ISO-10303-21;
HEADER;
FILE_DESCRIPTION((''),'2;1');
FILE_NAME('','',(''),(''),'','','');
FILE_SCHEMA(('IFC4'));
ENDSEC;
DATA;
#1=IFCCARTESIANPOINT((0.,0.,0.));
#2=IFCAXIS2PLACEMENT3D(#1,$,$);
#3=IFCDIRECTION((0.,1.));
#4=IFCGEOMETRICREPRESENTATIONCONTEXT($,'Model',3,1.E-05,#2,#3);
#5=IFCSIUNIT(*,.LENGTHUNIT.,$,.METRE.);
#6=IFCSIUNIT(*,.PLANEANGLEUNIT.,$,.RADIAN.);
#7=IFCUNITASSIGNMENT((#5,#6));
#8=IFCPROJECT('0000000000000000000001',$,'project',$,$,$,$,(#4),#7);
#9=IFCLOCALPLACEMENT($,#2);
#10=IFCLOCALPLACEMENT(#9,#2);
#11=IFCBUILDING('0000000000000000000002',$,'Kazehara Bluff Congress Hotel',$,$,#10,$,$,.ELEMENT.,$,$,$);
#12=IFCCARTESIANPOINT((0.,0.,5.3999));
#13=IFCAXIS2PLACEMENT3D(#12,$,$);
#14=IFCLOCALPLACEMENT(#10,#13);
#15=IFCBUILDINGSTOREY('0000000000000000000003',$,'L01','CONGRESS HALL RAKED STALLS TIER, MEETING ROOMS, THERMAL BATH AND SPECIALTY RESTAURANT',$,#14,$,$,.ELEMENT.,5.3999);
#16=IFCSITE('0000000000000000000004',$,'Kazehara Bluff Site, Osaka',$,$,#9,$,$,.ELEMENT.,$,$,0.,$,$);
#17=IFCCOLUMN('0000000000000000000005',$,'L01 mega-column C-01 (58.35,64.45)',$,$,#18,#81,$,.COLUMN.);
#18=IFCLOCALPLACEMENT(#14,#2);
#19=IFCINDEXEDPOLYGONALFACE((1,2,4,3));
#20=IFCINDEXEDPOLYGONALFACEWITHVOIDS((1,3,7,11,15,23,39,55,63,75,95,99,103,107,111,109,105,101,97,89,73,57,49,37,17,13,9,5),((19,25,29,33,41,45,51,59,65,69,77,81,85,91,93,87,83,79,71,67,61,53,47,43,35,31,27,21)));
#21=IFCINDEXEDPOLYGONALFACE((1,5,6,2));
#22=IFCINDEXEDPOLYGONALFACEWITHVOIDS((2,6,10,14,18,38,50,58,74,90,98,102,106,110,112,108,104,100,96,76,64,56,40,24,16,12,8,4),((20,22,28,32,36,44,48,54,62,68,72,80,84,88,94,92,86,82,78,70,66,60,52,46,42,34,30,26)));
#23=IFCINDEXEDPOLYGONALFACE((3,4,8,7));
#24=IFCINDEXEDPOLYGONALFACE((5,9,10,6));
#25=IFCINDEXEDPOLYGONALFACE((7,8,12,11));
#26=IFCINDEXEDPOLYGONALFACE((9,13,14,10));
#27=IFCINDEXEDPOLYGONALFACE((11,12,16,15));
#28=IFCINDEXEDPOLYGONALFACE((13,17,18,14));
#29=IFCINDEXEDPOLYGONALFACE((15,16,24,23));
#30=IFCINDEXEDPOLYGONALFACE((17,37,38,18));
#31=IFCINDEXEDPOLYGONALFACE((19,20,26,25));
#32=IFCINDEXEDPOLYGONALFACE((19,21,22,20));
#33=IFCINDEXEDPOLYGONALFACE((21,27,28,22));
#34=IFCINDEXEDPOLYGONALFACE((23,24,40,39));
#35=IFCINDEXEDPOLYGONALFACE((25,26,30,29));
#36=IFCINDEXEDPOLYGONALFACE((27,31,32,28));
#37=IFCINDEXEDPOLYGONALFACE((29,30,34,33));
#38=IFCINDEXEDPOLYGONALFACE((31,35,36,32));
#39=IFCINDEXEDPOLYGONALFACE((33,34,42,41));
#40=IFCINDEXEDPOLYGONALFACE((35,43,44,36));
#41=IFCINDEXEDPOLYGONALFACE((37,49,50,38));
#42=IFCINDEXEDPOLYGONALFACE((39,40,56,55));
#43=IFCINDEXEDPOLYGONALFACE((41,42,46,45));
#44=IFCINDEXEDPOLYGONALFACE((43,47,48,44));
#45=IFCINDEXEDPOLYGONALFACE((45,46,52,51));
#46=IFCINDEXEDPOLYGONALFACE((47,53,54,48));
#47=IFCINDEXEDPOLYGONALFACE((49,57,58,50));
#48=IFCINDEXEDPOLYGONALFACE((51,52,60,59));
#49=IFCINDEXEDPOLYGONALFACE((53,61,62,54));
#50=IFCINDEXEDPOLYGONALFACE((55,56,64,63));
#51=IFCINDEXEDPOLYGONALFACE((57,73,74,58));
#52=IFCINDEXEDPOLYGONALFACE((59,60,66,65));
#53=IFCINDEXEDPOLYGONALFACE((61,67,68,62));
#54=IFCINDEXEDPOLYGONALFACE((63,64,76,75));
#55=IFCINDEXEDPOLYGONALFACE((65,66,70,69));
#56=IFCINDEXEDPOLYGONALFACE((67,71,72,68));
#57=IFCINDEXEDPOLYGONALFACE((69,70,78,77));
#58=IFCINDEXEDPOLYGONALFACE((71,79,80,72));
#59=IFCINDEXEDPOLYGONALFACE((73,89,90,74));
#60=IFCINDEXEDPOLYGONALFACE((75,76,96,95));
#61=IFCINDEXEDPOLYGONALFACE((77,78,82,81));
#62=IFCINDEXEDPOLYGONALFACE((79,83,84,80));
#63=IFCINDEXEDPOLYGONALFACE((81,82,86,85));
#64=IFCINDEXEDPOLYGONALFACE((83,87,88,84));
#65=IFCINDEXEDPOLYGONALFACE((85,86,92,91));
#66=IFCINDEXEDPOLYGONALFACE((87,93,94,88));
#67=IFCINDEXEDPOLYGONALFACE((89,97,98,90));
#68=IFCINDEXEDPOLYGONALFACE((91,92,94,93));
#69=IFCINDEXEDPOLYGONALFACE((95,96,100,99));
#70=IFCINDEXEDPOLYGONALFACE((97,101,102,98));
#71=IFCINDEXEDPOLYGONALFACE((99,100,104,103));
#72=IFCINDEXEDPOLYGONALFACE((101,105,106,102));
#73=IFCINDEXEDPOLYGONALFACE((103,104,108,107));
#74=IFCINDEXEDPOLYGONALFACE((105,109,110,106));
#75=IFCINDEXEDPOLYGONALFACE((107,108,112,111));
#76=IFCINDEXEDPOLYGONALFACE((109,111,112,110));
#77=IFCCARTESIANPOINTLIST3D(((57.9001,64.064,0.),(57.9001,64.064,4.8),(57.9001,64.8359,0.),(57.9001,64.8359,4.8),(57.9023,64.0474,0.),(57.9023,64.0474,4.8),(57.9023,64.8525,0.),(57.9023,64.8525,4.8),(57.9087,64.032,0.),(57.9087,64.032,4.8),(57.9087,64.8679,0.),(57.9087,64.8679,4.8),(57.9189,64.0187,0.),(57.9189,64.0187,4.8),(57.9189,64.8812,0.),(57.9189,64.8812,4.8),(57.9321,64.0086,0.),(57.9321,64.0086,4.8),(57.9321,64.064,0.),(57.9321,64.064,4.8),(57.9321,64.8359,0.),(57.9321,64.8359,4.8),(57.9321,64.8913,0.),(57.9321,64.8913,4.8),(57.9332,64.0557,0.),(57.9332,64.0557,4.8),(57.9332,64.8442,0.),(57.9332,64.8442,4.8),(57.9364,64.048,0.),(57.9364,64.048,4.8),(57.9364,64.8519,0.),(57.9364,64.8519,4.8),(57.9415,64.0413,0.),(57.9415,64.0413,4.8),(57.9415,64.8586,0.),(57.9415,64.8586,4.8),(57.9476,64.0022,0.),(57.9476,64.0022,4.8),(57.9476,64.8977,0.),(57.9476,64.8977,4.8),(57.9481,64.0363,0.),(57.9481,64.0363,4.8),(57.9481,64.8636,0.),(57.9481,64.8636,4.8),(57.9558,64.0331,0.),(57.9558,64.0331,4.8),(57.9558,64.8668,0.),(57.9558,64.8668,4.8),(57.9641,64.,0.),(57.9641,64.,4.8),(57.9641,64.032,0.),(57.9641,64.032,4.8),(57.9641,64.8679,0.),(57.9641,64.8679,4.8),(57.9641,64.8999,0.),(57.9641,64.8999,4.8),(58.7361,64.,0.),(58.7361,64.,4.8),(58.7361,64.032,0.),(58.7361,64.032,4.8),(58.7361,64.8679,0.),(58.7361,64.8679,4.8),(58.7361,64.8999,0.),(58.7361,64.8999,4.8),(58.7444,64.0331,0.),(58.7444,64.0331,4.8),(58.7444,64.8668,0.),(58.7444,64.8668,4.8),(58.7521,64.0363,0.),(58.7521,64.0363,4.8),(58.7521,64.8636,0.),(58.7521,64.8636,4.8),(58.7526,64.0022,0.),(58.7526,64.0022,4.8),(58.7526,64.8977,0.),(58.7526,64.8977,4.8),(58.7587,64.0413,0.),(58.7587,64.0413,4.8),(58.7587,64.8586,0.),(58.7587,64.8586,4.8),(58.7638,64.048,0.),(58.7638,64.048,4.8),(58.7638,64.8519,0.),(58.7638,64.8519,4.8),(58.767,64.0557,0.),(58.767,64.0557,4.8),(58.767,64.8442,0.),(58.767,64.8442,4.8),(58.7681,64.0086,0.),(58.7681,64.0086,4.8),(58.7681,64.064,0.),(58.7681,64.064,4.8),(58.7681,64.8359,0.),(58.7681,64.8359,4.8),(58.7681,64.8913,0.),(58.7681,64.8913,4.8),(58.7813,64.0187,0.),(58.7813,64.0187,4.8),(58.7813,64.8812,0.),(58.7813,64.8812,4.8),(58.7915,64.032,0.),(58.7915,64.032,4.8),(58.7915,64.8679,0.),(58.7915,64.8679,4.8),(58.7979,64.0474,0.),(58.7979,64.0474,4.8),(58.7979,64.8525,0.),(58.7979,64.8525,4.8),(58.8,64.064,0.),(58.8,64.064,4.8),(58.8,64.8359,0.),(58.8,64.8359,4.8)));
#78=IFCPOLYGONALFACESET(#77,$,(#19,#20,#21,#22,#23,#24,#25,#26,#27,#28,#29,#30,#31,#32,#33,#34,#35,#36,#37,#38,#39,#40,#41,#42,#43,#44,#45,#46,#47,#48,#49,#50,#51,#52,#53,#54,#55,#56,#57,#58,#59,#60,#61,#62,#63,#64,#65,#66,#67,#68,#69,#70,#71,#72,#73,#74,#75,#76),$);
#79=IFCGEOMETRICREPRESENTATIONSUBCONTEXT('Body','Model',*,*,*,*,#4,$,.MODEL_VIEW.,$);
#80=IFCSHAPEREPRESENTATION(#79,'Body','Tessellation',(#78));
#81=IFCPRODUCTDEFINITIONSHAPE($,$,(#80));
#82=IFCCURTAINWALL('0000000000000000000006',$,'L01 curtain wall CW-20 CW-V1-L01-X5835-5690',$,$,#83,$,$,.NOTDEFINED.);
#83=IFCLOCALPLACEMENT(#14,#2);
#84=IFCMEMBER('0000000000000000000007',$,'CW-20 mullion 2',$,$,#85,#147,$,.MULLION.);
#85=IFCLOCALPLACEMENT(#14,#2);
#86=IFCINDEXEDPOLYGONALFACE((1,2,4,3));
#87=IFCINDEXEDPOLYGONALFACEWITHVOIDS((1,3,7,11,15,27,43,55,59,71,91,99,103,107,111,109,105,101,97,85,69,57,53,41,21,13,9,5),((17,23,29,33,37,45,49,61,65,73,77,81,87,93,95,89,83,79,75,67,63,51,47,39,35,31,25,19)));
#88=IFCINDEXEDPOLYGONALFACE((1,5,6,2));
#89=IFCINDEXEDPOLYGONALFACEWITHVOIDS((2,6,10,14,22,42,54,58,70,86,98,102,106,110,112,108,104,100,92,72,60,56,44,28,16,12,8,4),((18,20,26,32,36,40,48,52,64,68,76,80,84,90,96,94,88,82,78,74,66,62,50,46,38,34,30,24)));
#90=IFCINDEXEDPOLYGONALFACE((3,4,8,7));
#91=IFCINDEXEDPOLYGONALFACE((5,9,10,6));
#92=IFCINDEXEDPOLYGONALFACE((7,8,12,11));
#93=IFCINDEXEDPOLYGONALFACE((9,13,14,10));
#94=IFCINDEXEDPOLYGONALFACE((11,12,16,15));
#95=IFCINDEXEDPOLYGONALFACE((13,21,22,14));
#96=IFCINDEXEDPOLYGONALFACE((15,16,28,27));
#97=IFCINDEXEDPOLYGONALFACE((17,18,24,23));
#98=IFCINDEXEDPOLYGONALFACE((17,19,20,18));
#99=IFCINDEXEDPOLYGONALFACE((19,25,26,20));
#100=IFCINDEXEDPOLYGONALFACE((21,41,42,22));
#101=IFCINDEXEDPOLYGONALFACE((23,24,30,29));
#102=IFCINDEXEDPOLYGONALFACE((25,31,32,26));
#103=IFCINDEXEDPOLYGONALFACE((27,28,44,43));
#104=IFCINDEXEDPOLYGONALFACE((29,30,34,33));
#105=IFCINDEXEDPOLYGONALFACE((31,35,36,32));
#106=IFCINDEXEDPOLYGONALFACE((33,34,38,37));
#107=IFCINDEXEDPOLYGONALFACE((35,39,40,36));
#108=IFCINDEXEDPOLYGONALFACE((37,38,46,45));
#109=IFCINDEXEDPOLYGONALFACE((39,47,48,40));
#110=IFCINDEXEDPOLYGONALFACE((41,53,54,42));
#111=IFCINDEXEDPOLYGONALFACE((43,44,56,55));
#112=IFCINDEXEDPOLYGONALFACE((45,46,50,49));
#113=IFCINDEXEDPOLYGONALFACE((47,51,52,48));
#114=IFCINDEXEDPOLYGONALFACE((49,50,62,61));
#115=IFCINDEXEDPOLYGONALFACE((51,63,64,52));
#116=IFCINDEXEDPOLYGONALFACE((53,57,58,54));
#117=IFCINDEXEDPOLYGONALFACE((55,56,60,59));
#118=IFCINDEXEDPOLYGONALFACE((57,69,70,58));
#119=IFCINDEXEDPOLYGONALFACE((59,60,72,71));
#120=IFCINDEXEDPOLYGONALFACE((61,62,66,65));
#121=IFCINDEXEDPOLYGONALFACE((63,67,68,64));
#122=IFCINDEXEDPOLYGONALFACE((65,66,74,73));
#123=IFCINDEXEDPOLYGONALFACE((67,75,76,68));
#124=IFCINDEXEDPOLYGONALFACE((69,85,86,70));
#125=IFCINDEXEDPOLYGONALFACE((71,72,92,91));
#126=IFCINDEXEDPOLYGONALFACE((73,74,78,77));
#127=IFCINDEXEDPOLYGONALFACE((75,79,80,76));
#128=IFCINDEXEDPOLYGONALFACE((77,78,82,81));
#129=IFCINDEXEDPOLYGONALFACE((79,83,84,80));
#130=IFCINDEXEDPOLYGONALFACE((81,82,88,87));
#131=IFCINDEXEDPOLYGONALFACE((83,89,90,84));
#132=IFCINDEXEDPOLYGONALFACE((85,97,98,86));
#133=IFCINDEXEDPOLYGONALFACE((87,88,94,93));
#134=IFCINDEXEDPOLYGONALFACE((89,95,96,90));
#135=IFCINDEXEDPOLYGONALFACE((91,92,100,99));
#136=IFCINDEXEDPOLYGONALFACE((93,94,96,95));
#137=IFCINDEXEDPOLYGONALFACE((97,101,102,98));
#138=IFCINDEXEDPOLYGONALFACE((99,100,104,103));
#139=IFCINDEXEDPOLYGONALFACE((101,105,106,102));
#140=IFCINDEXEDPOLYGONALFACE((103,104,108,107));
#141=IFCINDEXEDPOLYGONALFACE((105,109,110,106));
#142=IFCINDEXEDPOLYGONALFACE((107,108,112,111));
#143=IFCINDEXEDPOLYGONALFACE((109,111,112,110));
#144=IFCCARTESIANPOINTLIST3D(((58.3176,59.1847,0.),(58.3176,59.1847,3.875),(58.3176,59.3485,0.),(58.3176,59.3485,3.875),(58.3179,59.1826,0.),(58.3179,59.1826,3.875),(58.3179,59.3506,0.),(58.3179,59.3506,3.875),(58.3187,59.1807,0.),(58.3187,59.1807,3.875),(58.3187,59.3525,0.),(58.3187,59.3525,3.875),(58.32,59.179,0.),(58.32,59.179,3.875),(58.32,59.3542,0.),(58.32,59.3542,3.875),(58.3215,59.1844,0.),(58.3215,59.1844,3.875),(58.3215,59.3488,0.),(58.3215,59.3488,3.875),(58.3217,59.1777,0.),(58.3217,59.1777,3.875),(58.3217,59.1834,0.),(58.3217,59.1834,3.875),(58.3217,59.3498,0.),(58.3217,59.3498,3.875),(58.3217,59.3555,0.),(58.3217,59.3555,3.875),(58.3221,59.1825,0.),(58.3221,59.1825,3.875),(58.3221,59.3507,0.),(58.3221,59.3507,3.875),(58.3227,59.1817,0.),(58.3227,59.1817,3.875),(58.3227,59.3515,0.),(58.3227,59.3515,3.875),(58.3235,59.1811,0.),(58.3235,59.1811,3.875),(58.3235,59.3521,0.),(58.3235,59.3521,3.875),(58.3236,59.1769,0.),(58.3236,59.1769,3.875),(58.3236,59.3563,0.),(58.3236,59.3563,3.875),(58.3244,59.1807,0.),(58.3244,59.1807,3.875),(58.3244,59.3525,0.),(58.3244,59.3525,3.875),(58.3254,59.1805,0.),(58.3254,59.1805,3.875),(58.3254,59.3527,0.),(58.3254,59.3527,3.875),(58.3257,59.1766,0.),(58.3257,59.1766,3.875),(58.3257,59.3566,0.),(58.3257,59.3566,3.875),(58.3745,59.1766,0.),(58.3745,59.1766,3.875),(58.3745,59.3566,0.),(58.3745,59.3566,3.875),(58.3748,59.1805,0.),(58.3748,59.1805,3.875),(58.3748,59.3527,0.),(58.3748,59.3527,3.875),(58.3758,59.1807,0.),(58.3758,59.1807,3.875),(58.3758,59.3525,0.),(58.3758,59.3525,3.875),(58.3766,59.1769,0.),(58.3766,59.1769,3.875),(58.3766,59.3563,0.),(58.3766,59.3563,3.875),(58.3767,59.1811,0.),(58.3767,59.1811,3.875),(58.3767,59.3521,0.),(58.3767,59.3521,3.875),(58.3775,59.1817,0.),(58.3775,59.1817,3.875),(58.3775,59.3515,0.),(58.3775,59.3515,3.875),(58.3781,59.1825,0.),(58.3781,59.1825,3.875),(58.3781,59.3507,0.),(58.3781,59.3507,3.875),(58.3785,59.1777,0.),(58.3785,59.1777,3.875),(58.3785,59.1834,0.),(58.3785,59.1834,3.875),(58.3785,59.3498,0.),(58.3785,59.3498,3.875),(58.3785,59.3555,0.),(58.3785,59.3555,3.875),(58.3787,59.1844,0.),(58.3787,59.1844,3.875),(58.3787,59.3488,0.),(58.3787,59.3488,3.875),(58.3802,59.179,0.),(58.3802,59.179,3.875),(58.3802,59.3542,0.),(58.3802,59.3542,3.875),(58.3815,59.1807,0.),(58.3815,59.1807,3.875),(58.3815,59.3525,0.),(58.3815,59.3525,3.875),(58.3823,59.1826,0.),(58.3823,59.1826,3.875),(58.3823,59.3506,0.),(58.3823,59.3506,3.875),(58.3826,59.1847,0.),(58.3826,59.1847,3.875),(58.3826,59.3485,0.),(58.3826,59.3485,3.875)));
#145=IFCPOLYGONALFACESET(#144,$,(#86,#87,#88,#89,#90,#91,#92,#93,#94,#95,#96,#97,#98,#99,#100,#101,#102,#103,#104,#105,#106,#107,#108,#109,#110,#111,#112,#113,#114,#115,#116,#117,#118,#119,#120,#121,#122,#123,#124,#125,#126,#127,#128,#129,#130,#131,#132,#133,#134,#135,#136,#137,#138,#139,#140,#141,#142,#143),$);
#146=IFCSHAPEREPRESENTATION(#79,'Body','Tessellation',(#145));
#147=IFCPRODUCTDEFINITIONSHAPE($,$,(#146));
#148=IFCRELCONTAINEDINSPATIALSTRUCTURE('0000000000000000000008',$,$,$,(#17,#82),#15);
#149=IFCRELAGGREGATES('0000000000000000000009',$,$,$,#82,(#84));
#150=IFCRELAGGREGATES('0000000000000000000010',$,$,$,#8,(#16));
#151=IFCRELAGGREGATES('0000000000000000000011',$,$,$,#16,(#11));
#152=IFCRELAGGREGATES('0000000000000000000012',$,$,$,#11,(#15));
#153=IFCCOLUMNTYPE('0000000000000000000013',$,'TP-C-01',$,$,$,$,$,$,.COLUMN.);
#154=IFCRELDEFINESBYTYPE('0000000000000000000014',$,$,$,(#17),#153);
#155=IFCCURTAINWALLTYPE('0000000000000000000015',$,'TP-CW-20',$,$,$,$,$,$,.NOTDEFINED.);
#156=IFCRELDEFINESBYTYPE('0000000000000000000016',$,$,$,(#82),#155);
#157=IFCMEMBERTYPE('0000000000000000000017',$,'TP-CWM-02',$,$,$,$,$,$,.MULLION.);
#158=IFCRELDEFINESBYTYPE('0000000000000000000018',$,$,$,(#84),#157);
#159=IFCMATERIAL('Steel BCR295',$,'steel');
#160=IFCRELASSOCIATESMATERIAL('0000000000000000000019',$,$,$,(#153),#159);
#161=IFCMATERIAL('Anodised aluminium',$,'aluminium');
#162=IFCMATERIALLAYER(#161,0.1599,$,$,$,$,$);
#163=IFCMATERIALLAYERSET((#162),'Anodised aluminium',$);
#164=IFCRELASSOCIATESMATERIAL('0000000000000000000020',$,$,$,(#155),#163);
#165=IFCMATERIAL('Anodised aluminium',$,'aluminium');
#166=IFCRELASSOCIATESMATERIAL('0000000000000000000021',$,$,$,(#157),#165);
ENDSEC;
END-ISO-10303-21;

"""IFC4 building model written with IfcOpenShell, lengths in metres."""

from ifc_helpers import new_model, si_unit, direction, frame, origin, origin_2d, place, context, subcontext, project, spatial, hollow_rectangle, extrude, material, layer, layer_set, material_profile, profile_set, type_object, element, aggregate, save


model = new_model("IFC4")

# Units and contexts
model_context = context("Model", 3, precision=1e-05, world=origin(), true_north=direction((0.0, 1.0)))
body_context = subcontext(model_context, "Body", "Model", "MODEL_VIEW")
ifc_project = project(units=[si_unit("LENGTHUNIT", "METRE"), si_unit("PLANEANGLEUNIT", "RADIAN")], contexts=[model_context])

# Site, building, storey
site_placement = place(None, origin())
site = spatial("IfcSite", under=ifc_project, at=site_placement, Name="Kazehara Bluff Site, Osaka", CompositionType="ELEMENT", RefElevation=0.0)
building_placement = place(site_placement, origin())
building = spatial("IfcBuilding", under=site, at=building_placement, Name="Kazehara Bluff Congress Hotel", CompositionType="ELEMENT")
storey_placement = place(building_placement, frame((0.0, 0.0, 5.3999)))
storey = spatial("IfcBuildingStorey", under=building, at=storey_placement, Name="L01", Description="CONGRESS HALL RAKED STALLS TIER, MEETING ROOMS, THERMAL BATH AND SPECIALTY RESTAURANT", CompositionType="ELEMENT", Elevation=5.3999)

# Column
ifc_material_1 = material(Name="Steel BCR295", Category="steel")
ifc_material_profile_1 = material_profile(ifc_material_1, hollow_rectangle(XDim=0.8999, YDim=0.8999, WallThickness=0.032, InnerFilletRadius=0.032, OuterFilletRadius=0.064, at=origin_2d()))
ifc_profile_set_1 = profile_set([ifc_material_profile_1], Name="Steel BCR295")
column_type = type_object("IfcColumnType", Name="TP-C-01", PredefinedType="COLUMN", material=ifc_profile_set_1)
column_placement = place(storey_placement, frame((58.3501, 64.45, 0.0), z_axis=(0.0, 0.0, 1.0), x_axis=(1.0, 0.0, 0.0)))
element("IfcColumn", 1, at=column_placement, inside=storey, type_object=column_type, Name="L01 mega-column C-01 (58.35,64.45)", PredefinedType="COLUMN", context=body_context, shape_type="SweptSolid", body=[
    extrude(hollow_rectangle(XDim=0.8999, YDim=0.8999, WallThickness=0.032, InnerFilletRadius=0.032, OuterFilletRadius=0.064, at=origin_2d()), origin(), (0.0, 0.0, 1.0), 4.8),
])

# Curtain wall, member
ifc_material_2 = material(Name="Anodised aluminium", Category="aluminium")
ifc_layer_1 = layer(ifc_material_2, 0.1599)
ifc_layer_set_1 = layer_set([ifc_layer_1], Name="Anodised aluminium")
curtain_wall_type = type_object("IfcCurtainWallType", Name="TP-CW-20", PredefinedType="NOTDEFINED", material=ifc_layer_set_1)
curtain_wall_1_placement = place(storey_placement, origin())
curtain_wall_1 = element("IfcCurtainWall", 2, at=curtain_wall_1_placement, inside=storey, type_object=curtain_wall_type, Name="L01 curtain wall CW-20 CW-V1-L01-X5835-5690", PredefinedType="NOTDEFINED")
ifc_material_3 = material(Name="Anodised aluminium", Category="aluminium")
ifc_material_profile_2 = material_profile(ifc_material_3, hollow_rectangle(XDim=0.0649, YDim=0.1799, WallThickness=0.0039, InnerFilletRadius=0.0039, OuterFilletRadius=0.0081, at=origin_2d()))
ifc_profile_set_2 = profile_set([ifc_material_profile_2], Name="Anodised aluminium")
member_type_1 = type_object("IfcMemberType", Name="TP-CWM-02", PredefinedType="MULLION", material=ifc_profile_set_2)
member_1_placement = place(storey_placement, frame((58.3501, 59.2666, 0.0), z_axis=(0.0, 0.0, 1.0), x_axis=(-1.0, 0.0, 0.0)))
member_1 = element("IfcMember", 3, at=member_1_placement, type_object=member_type_1, Name="CW-20 mullion 2", PredefinedType="MULLION", context=body_context, shape_type="SweptSolid", body=[
    extrude(hollow_rectangle(XDim=0.0649, YDim=0.1799, WallThickness=0.0039, InnerFilletRadius=0.0039, OuterFilletRadius=0.0081, at=origin_2d()), origin(), (0.0, 0.0, 1.0), 3.875),
])

aggregate(curtain_wall_1, [member_1])

save(model, "model.ifc")
